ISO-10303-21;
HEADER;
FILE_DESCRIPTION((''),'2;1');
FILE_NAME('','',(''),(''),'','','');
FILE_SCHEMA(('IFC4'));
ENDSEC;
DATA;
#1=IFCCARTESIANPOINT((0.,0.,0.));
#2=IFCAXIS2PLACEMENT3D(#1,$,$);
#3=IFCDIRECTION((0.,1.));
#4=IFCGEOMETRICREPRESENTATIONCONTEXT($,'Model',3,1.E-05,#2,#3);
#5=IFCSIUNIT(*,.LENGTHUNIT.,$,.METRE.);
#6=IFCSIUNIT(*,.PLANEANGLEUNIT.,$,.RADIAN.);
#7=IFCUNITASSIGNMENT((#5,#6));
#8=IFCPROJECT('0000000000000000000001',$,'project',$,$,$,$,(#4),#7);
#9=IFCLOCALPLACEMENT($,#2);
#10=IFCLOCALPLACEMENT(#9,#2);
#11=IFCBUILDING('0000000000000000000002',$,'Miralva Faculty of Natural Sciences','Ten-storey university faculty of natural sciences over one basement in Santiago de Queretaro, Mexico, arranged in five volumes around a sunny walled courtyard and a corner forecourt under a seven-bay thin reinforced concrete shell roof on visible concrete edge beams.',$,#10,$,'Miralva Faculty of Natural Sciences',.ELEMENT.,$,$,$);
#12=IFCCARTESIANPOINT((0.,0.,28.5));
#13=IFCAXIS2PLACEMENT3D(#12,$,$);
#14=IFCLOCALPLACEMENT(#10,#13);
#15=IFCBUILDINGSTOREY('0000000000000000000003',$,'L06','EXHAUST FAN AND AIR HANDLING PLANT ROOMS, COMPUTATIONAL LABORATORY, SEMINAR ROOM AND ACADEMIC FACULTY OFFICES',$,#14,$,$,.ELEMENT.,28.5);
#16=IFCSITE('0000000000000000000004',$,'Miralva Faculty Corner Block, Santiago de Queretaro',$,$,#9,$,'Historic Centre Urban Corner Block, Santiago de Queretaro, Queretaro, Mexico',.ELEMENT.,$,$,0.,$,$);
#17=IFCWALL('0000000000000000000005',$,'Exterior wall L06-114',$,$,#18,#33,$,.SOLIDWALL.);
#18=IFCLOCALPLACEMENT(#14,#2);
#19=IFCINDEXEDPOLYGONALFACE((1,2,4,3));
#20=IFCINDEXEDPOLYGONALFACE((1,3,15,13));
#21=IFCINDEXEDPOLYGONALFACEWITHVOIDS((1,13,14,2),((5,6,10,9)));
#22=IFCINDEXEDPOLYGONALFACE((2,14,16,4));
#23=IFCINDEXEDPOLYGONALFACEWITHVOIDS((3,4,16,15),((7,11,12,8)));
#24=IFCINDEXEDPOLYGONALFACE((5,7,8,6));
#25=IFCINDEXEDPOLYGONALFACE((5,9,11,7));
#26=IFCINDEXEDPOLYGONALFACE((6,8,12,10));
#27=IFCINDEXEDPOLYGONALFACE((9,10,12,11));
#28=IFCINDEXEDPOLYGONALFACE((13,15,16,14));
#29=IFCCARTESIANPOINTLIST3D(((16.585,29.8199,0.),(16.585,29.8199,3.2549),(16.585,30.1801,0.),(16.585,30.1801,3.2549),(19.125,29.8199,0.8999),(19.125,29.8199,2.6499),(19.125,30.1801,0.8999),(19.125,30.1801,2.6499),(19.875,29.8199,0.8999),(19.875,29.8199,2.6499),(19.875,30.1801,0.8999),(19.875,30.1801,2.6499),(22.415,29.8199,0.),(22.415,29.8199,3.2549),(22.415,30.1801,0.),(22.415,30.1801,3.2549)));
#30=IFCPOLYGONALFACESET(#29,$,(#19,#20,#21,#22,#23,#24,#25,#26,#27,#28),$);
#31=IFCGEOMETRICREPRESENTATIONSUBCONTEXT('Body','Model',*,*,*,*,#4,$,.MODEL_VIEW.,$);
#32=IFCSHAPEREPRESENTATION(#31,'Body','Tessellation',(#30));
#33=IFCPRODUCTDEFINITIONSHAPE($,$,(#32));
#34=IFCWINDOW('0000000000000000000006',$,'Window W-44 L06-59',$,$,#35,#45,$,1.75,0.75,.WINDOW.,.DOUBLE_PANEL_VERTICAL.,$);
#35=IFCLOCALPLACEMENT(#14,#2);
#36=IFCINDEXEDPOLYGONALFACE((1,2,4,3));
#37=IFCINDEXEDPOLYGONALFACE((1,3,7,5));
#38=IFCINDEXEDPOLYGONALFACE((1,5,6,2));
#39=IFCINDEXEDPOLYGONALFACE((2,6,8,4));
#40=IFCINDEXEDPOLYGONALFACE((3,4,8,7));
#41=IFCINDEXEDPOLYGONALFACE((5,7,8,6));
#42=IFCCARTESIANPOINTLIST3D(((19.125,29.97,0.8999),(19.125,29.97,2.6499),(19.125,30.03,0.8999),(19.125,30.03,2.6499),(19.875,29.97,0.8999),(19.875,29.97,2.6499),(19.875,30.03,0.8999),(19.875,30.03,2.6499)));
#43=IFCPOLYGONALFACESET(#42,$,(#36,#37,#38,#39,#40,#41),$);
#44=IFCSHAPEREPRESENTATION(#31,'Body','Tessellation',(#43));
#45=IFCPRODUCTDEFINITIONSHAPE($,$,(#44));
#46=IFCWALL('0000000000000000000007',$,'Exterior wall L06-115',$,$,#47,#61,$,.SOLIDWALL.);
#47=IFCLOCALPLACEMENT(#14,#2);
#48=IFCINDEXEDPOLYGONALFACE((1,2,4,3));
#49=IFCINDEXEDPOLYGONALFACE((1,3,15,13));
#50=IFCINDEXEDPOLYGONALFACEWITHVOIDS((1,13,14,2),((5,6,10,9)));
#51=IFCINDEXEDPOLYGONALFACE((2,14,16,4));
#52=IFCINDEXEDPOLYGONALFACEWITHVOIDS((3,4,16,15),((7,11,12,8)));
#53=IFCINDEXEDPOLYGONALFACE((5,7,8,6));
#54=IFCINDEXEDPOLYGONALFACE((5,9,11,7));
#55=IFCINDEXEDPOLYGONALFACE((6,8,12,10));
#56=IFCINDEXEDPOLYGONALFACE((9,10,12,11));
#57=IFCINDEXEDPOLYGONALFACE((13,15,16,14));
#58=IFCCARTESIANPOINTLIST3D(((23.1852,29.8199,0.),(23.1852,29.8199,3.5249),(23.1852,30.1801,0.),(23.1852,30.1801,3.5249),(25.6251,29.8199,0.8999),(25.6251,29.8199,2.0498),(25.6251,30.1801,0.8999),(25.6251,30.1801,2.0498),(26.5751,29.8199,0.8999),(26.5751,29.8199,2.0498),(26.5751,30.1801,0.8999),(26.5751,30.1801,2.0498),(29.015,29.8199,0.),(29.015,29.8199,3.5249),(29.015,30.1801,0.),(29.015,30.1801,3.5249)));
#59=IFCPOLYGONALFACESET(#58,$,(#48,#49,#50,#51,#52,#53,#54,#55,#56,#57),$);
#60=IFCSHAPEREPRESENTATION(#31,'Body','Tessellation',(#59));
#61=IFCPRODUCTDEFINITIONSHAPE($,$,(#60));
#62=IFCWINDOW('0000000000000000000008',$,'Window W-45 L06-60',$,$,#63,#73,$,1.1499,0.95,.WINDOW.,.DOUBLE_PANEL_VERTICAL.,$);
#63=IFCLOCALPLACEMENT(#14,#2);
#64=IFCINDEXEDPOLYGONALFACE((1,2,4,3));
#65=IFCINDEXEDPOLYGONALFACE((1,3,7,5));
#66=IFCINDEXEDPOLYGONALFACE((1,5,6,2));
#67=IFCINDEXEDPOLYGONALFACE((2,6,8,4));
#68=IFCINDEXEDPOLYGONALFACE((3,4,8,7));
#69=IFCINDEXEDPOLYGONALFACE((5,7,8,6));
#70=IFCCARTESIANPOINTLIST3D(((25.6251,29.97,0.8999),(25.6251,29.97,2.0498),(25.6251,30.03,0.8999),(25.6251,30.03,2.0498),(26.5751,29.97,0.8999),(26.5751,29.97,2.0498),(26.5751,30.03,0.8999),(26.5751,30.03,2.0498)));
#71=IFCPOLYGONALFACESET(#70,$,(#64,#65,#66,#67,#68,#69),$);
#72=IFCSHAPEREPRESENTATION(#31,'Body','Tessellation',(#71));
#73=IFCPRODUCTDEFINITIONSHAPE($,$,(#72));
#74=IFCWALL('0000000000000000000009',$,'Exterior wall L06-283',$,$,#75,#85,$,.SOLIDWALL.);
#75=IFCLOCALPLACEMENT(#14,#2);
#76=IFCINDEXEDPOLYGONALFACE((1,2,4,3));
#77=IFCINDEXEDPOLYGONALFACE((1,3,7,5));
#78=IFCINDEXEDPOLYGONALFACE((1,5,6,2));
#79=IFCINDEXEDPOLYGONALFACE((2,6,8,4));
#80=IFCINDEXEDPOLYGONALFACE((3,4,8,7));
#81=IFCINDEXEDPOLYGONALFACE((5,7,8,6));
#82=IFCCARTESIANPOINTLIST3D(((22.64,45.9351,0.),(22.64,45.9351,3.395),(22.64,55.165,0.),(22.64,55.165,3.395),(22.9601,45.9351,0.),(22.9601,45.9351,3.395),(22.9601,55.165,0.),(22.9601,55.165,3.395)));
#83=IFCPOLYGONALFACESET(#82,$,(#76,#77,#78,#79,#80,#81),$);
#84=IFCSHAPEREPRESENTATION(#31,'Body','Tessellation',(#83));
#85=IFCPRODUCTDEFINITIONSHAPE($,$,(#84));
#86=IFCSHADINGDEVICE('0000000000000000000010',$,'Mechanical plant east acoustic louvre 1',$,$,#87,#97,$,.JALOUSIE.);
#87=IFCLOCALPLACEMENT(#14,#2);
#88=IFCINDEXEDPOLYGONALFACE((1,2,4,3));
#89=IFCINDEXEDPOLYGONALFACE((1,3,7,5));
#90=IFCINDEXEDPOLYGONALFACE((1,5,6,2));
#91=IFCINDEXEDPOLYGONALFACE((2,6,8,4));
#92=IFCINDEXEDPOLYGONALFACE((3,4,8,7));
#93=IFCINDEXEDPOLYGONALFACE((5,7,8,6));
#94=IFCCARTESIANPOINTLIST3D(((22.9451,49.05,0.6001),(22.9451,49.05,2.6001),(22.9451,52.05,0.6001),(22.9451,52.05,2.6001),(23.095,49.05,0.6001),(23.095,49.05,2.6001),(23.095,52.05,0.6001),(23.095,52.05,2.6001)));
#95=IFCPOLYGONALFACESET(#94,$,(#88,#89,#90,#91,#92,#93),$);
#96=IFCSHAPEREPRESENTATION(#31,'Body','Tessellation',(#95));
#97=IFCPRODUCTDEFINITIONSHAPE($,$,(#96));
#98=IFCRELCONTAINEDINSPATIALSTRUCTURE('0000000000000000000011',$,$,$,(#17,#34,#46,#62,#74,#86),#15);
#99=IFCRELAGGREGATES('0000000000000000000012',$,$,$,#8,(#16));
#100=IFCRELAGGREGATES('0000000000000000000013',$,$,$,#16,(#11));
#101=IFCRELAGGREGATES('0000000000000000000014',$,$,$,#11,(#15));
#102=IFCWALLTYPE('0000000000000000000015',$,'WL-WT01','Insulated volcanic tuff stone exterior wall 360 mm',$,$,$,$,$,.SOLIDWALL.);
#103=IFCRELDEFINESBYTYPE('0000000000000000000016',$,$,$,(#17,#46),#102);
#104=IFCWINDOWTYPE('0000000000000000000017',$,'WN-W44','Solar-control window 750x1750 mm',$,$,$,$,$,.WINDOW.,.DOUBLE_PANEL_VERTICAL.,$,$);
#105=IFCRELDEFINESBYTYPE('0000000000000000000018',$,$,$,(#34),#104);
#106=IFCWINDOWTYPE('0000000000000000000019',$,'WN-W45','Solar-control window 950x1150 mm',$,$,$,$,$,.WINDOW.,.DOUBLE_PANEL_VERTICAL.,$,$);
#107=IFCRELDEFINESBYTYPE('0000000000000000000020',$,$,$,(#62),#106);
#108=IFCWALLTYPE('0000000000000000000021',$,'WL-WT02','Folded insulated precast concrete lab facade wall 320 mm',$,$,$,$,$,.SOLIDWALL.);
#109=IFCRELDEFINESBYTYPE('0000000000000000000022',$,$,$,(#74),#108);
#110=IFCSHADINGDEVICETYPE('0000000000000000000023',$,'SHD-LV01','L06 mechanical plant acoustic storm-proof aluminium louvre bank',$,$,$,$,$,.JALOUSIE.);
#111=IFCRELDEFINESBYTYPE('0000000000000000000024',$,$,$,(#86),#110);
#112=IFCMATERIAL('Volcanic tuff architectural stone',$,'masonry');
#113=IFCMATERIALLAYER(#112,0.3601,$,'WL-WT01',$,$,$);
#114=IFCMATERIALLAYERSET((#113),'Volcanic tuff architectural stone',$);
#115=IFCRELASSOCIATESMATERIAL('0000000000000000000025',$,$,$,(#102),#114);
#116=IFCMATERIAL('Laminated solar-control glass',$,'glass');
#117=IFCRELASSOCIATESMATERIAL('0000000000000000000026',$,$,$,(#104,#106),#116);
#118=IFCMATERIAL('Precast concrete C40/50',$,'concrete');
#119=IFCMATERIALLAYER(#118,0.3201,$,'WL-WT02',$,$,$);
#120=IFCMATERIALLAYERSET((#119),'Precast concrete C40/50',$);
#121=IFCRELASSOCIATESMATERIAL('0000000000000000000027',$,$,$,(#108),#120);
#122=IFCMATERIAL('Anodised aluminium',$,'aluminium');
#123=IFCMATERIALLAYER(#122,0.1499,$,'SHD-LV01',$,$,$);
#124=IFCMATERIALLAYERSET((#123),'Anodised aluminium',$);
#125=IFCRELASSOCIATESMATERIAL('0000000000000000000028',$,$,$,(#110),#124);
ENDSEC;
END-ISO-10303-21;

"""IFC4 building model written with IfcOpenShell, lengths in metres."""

from ifc_helpers import new_model, si_unit, direction, frame, frame_2d, origin, origin_2d, place, context, subcontext, project, spatial, rectangle, extrude, material, layer, layer_set, type_object, element, fill, save


model = new_model("IFC4")

# Units and contexts
model_context = context("Model", 3, precision=1e-05, world=origin(), true_north=direction((0.0, 1.0)))
body_context = subcontext(model_context, "Body", "Model", "MODEL_VIEW")
ifc_project = project(units=[si_unit("LENGTHUNIT", "METRE"), si_unit("PLANEANGLEUNIT", "RADIAN")], contexts=[model_context])

# Site, building, storey
site_placement = place(None, origin())
site = spatial("IfcSite", under=ifc_project, at=site_placement, Name="Miralva Faculty Corner Block, Santiago de Queretaro", LongName="Historic Centre Urban Corner Block, Santiago de Queretaro, Queretaro, Mexico", CompositionType="ELEMENT", RefElevation=0.0)
building_placement = place(site_placement, origin())
building = spatial("IfcBuilding", under=site, at=building_placement, Name="Miralva Faculty of Natural Sciences", Description="Ten-storey university faculty of natural sciences over one basement in Santiago de Queretaro, Mexico, arranged in five volumes around a sunny walled courtyard and a corner forecourt under a seven-bay thin reinforced concrete shell roof on visible concrete edge beams.", LongName="Miralva Faculty of Natural Sciences", CompositionType="ELEMENT")
storey_placement = place(building_placement, frame((0.0, 0.0, 28.5)))
storey = spatial("IfcBuildingStorey", under=building, at=storey_placement, Name="L06", Description="EXHAUST FAN AND AIR HANDLING PLANT ROOMS, COMPUTATIONAL LABORATORY, SEMINAR ROOM AND ACADEMIC FACULTY OFFICES", CompositionType="ELEMENT", Elevation=28.5)

# Shared definitions
ifc_material_1 = material(Name="Precast concrete C40/50", Category="concrete")

# Walls, openings, windows
ifc_material_2 = material(Name="Volcanic tuff architectural stone", Category="masonry")
ifc_layer_1 = layer(ifc_material_2, 0.3601, Name="WL-WT01")
ifc_layer_set_1 = layer_set([ifc_layer_1], Name="Volcanic tuff architectural stone")
wall_type_1 = type_object("IfcWallType", Name="WL-WT01", Description="Insulated volcanic tuff stone exterior wall 360 mm", PredefinedType="SOLIDWALL", material=ifc_layer_set_1)
wall_1_placement = place(storey_placement, frame((16.585, 30.0, 0.0), z_axis=(0.0, 0.0, 1.0), x_axis=(1.0, 0.0, 0.0)))
wall_1 = element("IfcWall", 1, at=wall_1_placement, inside=storey, type_object=wall_type_1, Name="Exterior wall L06-114", PredefinedType="SOLIDWALL", context=body_context, shape_type="SweptSolid", body=[
    extrude(rectangle(XDim=5.8301, YDim=0.3601, at=frame_2d((2.915, 0.0))), origin(), (0.0, 0.0, 1.0), 3.2549),
])
opening_1_placement = place(wall_1_placement, frame((2.54, 0.0, 0.8999)))
opening_1 = element("IfcOpeningElement", 2, at=opening_1_placement, cuts=wall_1, PredefinedType="OPENING", context=body_context, shape_type="SweptSolid", body=[
    extrude(rectangle(XDim=0.75, YDim=1.75, at=frame_2d((0.375, 0.875))), frame((0.0, 0.1899, 0.0), z_axis=(0.0, -1.0, 0.0), x_axis=(1.0, 0.0, 0.0)), (0.0, 0.0, 1.0), 0.3801),
])
ifc_material_3 = material(Name="Laminated solar-control glass", Category="glass")
window_type_1 = type_object("IfcWindowType", Name="WN-W44", Description="Solar-control window 750x1750 mm", PartitioningType="DOUBLE_PANEL_VERTICAL", PredefinedType="WINDOW", material=ifc_material_3)
window_1_placement = place(opening_1_placement, origin())
window_1 = element("IfcWindow", 3, at=window_1_placement, inside=storey, type_object=window_type_1, Name="Window W-44 L06-59", OverallHeight=1.75, OverallWidth=0.75, PartitioningType="DOUBLE_PANEL_VERTICAL", PredefinedType="WINDOW", context=body_context, shape_type="SweptSolid", body=[
    extrude(rectangle(XDim=0.75, YDim=1.75, at=frame_2d((0.375, 0.875))), frame((0.0, 0.03, 0.0), z_axis=(0.0, -1.0, 0.0), x_axis=(1.0, 0.0, 0.0)), (0.0, 0.0, 1.0), 0.0601),
])
fill(opening_1, window_1)
wall_2_placement = place(storey_placement, frame((23.1851, 30.0, 0.0), z_axis=(0.0, 0.0, 1.0), x_axis=(1.0, 0.0, 0.0)))
wall_2 = element("IfcWall", 4, at=wall_2_placement, inside=storey, type_object=wall_type_1, Name="Exterior wall L06-115", PredefinedType="SOLIDWALL", context=body_context, shape_type="SweptSolid", body=[
    extrude(rectangle(XDim=5.8298, YDim=0.3601, at=frame_2d((2.915, 0.0))), origin(), (0.0, 0.0, 1.0), 3.5249),
])
opening_2_placement = place(wall_2_placement, frame((2.4399, 0.0, 0.8999)))
opening_2 = element("IfcOpeningElement", 5, at=opening_2_placement, cuts=wall_2, PredefinedType="OPENING", context=body_context, shape_type="SweptSolid", body=[
    extrude(rectangle(XDim=0.95, YDim=1.1499, at=frame_2d((0.4751, 0.575))), frame((0.0, 0.1899, 0.0), z_axis=(0.0, -1.0, 0.0), x_axis=(1.0, 0.0, 0.0)), (0.0, 0.0, 1.0), 0.3801),
])
window_type_2 = type_object("IfcWindowType", Name="WN-W45", Description="Solar-control window 950x1150 mm", PartitioningType="DOUBLE_PANEL_VERTICAL", PredefinedType="WINDOW", material=ifc_material_3)
window_2_placement = place(opening_2_placement, origin())
window_2 = element("IfcWindow", 6, at=window_2_placement, inside=storey, type_object=window_type_2, Name="Window W-45 L06-60", OverallHeight=1.1499, OverallWidth=0.95, PartitioningType="DOUBLE_PANEL_VERTICAL", PredefinedType="WINDOW", context=body_context, shape_type="SweptSolid", body=[
    extrude(rectangle(XDim=0.95, YDim=1.1499, at=frame_2d((0.4751, 0.575))), frame((0.0, 0.03, 0.0), z_axis=(0.0, -1.0, 0.0), x_axis=(1.0, 0.0, 0.0)), (0.0, 0.0, 1.0), 0.0601),
])
fill(opening_2, window_2)

# Wall
ifc_layer_2 = layer(ifc_material_1, 0.3201, Name="WL-WT02")
ifc_layer_set_2 = layer_set([ifc_layer_2], Name="Precast concrete C40/50")
wall_type_2 = type_object("IfcWallType", Name="WL-WT02", Description="Folded insulated precast concrete lab facade wall 320 mm", PredefinedType="SOLIDWALL", material=ifc_layer_set_2)
wall_3_placement = place(storey_placement, frame((22.8, 45.9351, 0.0), z_axis=(0.0, 0.0, 1.0), x_axis=(0.0, 1.0, 0.0)))
element("IfcWall", 7, at=wall_3_placement, inside=storey, type_object=wall_type_2, Name="Exterior wall L06-283", PredefinedType="SOLIDWALL", context=body_context, shape_type="SweptSolid", body=[
    extrude(rectangle(XDim=9.23, YDim=0.3201, at=frame_2d((4.615, 0.0))), origin(), (0.0, 0.0, 1.0), 3.395),
])

# Shading device
ifc_material_4 = material(Name="Anodised aluminium", Category="aluminium")
ifc_layer_3 = layer(ifc_material_4, 0.1499, Name="SHD-LV01")
ifc_layer_set_3 = layer_set([ifc_layer_3], Name="Anodised aluminium")
shading_device_type = type_object("IfcShadingDeviceType", Name="SHD-LV01", Description="L06 mechanical plant acoustic storm-proof aluminium louvre bank", PredefinedType="JALOUSIE", material=ifc_layer_set_3)
shading_device_placement = place(storey_placement, frame((23.02, 50.55, 0.6001), z_axis=(0.0, 0.0, 1.0), x_axis=(1.0, 0.0, 0.0)))
element("IfcShadingDevice", 8, at=shading_device_placement, inside=storey, type_object=shading_device_type, Name="Mechanical plant east acoustic louvre 1", PredefinedType="JALOUSIE", context=body_context, shape_type="SweptSolid", body=[
    extrude(rectangle(XDim=0.1499, YDim=3.0, at=origin_2d()), origin(), (0.0, 0.0, 1.0), 2.0),
])

save(model, "model.ifc")
